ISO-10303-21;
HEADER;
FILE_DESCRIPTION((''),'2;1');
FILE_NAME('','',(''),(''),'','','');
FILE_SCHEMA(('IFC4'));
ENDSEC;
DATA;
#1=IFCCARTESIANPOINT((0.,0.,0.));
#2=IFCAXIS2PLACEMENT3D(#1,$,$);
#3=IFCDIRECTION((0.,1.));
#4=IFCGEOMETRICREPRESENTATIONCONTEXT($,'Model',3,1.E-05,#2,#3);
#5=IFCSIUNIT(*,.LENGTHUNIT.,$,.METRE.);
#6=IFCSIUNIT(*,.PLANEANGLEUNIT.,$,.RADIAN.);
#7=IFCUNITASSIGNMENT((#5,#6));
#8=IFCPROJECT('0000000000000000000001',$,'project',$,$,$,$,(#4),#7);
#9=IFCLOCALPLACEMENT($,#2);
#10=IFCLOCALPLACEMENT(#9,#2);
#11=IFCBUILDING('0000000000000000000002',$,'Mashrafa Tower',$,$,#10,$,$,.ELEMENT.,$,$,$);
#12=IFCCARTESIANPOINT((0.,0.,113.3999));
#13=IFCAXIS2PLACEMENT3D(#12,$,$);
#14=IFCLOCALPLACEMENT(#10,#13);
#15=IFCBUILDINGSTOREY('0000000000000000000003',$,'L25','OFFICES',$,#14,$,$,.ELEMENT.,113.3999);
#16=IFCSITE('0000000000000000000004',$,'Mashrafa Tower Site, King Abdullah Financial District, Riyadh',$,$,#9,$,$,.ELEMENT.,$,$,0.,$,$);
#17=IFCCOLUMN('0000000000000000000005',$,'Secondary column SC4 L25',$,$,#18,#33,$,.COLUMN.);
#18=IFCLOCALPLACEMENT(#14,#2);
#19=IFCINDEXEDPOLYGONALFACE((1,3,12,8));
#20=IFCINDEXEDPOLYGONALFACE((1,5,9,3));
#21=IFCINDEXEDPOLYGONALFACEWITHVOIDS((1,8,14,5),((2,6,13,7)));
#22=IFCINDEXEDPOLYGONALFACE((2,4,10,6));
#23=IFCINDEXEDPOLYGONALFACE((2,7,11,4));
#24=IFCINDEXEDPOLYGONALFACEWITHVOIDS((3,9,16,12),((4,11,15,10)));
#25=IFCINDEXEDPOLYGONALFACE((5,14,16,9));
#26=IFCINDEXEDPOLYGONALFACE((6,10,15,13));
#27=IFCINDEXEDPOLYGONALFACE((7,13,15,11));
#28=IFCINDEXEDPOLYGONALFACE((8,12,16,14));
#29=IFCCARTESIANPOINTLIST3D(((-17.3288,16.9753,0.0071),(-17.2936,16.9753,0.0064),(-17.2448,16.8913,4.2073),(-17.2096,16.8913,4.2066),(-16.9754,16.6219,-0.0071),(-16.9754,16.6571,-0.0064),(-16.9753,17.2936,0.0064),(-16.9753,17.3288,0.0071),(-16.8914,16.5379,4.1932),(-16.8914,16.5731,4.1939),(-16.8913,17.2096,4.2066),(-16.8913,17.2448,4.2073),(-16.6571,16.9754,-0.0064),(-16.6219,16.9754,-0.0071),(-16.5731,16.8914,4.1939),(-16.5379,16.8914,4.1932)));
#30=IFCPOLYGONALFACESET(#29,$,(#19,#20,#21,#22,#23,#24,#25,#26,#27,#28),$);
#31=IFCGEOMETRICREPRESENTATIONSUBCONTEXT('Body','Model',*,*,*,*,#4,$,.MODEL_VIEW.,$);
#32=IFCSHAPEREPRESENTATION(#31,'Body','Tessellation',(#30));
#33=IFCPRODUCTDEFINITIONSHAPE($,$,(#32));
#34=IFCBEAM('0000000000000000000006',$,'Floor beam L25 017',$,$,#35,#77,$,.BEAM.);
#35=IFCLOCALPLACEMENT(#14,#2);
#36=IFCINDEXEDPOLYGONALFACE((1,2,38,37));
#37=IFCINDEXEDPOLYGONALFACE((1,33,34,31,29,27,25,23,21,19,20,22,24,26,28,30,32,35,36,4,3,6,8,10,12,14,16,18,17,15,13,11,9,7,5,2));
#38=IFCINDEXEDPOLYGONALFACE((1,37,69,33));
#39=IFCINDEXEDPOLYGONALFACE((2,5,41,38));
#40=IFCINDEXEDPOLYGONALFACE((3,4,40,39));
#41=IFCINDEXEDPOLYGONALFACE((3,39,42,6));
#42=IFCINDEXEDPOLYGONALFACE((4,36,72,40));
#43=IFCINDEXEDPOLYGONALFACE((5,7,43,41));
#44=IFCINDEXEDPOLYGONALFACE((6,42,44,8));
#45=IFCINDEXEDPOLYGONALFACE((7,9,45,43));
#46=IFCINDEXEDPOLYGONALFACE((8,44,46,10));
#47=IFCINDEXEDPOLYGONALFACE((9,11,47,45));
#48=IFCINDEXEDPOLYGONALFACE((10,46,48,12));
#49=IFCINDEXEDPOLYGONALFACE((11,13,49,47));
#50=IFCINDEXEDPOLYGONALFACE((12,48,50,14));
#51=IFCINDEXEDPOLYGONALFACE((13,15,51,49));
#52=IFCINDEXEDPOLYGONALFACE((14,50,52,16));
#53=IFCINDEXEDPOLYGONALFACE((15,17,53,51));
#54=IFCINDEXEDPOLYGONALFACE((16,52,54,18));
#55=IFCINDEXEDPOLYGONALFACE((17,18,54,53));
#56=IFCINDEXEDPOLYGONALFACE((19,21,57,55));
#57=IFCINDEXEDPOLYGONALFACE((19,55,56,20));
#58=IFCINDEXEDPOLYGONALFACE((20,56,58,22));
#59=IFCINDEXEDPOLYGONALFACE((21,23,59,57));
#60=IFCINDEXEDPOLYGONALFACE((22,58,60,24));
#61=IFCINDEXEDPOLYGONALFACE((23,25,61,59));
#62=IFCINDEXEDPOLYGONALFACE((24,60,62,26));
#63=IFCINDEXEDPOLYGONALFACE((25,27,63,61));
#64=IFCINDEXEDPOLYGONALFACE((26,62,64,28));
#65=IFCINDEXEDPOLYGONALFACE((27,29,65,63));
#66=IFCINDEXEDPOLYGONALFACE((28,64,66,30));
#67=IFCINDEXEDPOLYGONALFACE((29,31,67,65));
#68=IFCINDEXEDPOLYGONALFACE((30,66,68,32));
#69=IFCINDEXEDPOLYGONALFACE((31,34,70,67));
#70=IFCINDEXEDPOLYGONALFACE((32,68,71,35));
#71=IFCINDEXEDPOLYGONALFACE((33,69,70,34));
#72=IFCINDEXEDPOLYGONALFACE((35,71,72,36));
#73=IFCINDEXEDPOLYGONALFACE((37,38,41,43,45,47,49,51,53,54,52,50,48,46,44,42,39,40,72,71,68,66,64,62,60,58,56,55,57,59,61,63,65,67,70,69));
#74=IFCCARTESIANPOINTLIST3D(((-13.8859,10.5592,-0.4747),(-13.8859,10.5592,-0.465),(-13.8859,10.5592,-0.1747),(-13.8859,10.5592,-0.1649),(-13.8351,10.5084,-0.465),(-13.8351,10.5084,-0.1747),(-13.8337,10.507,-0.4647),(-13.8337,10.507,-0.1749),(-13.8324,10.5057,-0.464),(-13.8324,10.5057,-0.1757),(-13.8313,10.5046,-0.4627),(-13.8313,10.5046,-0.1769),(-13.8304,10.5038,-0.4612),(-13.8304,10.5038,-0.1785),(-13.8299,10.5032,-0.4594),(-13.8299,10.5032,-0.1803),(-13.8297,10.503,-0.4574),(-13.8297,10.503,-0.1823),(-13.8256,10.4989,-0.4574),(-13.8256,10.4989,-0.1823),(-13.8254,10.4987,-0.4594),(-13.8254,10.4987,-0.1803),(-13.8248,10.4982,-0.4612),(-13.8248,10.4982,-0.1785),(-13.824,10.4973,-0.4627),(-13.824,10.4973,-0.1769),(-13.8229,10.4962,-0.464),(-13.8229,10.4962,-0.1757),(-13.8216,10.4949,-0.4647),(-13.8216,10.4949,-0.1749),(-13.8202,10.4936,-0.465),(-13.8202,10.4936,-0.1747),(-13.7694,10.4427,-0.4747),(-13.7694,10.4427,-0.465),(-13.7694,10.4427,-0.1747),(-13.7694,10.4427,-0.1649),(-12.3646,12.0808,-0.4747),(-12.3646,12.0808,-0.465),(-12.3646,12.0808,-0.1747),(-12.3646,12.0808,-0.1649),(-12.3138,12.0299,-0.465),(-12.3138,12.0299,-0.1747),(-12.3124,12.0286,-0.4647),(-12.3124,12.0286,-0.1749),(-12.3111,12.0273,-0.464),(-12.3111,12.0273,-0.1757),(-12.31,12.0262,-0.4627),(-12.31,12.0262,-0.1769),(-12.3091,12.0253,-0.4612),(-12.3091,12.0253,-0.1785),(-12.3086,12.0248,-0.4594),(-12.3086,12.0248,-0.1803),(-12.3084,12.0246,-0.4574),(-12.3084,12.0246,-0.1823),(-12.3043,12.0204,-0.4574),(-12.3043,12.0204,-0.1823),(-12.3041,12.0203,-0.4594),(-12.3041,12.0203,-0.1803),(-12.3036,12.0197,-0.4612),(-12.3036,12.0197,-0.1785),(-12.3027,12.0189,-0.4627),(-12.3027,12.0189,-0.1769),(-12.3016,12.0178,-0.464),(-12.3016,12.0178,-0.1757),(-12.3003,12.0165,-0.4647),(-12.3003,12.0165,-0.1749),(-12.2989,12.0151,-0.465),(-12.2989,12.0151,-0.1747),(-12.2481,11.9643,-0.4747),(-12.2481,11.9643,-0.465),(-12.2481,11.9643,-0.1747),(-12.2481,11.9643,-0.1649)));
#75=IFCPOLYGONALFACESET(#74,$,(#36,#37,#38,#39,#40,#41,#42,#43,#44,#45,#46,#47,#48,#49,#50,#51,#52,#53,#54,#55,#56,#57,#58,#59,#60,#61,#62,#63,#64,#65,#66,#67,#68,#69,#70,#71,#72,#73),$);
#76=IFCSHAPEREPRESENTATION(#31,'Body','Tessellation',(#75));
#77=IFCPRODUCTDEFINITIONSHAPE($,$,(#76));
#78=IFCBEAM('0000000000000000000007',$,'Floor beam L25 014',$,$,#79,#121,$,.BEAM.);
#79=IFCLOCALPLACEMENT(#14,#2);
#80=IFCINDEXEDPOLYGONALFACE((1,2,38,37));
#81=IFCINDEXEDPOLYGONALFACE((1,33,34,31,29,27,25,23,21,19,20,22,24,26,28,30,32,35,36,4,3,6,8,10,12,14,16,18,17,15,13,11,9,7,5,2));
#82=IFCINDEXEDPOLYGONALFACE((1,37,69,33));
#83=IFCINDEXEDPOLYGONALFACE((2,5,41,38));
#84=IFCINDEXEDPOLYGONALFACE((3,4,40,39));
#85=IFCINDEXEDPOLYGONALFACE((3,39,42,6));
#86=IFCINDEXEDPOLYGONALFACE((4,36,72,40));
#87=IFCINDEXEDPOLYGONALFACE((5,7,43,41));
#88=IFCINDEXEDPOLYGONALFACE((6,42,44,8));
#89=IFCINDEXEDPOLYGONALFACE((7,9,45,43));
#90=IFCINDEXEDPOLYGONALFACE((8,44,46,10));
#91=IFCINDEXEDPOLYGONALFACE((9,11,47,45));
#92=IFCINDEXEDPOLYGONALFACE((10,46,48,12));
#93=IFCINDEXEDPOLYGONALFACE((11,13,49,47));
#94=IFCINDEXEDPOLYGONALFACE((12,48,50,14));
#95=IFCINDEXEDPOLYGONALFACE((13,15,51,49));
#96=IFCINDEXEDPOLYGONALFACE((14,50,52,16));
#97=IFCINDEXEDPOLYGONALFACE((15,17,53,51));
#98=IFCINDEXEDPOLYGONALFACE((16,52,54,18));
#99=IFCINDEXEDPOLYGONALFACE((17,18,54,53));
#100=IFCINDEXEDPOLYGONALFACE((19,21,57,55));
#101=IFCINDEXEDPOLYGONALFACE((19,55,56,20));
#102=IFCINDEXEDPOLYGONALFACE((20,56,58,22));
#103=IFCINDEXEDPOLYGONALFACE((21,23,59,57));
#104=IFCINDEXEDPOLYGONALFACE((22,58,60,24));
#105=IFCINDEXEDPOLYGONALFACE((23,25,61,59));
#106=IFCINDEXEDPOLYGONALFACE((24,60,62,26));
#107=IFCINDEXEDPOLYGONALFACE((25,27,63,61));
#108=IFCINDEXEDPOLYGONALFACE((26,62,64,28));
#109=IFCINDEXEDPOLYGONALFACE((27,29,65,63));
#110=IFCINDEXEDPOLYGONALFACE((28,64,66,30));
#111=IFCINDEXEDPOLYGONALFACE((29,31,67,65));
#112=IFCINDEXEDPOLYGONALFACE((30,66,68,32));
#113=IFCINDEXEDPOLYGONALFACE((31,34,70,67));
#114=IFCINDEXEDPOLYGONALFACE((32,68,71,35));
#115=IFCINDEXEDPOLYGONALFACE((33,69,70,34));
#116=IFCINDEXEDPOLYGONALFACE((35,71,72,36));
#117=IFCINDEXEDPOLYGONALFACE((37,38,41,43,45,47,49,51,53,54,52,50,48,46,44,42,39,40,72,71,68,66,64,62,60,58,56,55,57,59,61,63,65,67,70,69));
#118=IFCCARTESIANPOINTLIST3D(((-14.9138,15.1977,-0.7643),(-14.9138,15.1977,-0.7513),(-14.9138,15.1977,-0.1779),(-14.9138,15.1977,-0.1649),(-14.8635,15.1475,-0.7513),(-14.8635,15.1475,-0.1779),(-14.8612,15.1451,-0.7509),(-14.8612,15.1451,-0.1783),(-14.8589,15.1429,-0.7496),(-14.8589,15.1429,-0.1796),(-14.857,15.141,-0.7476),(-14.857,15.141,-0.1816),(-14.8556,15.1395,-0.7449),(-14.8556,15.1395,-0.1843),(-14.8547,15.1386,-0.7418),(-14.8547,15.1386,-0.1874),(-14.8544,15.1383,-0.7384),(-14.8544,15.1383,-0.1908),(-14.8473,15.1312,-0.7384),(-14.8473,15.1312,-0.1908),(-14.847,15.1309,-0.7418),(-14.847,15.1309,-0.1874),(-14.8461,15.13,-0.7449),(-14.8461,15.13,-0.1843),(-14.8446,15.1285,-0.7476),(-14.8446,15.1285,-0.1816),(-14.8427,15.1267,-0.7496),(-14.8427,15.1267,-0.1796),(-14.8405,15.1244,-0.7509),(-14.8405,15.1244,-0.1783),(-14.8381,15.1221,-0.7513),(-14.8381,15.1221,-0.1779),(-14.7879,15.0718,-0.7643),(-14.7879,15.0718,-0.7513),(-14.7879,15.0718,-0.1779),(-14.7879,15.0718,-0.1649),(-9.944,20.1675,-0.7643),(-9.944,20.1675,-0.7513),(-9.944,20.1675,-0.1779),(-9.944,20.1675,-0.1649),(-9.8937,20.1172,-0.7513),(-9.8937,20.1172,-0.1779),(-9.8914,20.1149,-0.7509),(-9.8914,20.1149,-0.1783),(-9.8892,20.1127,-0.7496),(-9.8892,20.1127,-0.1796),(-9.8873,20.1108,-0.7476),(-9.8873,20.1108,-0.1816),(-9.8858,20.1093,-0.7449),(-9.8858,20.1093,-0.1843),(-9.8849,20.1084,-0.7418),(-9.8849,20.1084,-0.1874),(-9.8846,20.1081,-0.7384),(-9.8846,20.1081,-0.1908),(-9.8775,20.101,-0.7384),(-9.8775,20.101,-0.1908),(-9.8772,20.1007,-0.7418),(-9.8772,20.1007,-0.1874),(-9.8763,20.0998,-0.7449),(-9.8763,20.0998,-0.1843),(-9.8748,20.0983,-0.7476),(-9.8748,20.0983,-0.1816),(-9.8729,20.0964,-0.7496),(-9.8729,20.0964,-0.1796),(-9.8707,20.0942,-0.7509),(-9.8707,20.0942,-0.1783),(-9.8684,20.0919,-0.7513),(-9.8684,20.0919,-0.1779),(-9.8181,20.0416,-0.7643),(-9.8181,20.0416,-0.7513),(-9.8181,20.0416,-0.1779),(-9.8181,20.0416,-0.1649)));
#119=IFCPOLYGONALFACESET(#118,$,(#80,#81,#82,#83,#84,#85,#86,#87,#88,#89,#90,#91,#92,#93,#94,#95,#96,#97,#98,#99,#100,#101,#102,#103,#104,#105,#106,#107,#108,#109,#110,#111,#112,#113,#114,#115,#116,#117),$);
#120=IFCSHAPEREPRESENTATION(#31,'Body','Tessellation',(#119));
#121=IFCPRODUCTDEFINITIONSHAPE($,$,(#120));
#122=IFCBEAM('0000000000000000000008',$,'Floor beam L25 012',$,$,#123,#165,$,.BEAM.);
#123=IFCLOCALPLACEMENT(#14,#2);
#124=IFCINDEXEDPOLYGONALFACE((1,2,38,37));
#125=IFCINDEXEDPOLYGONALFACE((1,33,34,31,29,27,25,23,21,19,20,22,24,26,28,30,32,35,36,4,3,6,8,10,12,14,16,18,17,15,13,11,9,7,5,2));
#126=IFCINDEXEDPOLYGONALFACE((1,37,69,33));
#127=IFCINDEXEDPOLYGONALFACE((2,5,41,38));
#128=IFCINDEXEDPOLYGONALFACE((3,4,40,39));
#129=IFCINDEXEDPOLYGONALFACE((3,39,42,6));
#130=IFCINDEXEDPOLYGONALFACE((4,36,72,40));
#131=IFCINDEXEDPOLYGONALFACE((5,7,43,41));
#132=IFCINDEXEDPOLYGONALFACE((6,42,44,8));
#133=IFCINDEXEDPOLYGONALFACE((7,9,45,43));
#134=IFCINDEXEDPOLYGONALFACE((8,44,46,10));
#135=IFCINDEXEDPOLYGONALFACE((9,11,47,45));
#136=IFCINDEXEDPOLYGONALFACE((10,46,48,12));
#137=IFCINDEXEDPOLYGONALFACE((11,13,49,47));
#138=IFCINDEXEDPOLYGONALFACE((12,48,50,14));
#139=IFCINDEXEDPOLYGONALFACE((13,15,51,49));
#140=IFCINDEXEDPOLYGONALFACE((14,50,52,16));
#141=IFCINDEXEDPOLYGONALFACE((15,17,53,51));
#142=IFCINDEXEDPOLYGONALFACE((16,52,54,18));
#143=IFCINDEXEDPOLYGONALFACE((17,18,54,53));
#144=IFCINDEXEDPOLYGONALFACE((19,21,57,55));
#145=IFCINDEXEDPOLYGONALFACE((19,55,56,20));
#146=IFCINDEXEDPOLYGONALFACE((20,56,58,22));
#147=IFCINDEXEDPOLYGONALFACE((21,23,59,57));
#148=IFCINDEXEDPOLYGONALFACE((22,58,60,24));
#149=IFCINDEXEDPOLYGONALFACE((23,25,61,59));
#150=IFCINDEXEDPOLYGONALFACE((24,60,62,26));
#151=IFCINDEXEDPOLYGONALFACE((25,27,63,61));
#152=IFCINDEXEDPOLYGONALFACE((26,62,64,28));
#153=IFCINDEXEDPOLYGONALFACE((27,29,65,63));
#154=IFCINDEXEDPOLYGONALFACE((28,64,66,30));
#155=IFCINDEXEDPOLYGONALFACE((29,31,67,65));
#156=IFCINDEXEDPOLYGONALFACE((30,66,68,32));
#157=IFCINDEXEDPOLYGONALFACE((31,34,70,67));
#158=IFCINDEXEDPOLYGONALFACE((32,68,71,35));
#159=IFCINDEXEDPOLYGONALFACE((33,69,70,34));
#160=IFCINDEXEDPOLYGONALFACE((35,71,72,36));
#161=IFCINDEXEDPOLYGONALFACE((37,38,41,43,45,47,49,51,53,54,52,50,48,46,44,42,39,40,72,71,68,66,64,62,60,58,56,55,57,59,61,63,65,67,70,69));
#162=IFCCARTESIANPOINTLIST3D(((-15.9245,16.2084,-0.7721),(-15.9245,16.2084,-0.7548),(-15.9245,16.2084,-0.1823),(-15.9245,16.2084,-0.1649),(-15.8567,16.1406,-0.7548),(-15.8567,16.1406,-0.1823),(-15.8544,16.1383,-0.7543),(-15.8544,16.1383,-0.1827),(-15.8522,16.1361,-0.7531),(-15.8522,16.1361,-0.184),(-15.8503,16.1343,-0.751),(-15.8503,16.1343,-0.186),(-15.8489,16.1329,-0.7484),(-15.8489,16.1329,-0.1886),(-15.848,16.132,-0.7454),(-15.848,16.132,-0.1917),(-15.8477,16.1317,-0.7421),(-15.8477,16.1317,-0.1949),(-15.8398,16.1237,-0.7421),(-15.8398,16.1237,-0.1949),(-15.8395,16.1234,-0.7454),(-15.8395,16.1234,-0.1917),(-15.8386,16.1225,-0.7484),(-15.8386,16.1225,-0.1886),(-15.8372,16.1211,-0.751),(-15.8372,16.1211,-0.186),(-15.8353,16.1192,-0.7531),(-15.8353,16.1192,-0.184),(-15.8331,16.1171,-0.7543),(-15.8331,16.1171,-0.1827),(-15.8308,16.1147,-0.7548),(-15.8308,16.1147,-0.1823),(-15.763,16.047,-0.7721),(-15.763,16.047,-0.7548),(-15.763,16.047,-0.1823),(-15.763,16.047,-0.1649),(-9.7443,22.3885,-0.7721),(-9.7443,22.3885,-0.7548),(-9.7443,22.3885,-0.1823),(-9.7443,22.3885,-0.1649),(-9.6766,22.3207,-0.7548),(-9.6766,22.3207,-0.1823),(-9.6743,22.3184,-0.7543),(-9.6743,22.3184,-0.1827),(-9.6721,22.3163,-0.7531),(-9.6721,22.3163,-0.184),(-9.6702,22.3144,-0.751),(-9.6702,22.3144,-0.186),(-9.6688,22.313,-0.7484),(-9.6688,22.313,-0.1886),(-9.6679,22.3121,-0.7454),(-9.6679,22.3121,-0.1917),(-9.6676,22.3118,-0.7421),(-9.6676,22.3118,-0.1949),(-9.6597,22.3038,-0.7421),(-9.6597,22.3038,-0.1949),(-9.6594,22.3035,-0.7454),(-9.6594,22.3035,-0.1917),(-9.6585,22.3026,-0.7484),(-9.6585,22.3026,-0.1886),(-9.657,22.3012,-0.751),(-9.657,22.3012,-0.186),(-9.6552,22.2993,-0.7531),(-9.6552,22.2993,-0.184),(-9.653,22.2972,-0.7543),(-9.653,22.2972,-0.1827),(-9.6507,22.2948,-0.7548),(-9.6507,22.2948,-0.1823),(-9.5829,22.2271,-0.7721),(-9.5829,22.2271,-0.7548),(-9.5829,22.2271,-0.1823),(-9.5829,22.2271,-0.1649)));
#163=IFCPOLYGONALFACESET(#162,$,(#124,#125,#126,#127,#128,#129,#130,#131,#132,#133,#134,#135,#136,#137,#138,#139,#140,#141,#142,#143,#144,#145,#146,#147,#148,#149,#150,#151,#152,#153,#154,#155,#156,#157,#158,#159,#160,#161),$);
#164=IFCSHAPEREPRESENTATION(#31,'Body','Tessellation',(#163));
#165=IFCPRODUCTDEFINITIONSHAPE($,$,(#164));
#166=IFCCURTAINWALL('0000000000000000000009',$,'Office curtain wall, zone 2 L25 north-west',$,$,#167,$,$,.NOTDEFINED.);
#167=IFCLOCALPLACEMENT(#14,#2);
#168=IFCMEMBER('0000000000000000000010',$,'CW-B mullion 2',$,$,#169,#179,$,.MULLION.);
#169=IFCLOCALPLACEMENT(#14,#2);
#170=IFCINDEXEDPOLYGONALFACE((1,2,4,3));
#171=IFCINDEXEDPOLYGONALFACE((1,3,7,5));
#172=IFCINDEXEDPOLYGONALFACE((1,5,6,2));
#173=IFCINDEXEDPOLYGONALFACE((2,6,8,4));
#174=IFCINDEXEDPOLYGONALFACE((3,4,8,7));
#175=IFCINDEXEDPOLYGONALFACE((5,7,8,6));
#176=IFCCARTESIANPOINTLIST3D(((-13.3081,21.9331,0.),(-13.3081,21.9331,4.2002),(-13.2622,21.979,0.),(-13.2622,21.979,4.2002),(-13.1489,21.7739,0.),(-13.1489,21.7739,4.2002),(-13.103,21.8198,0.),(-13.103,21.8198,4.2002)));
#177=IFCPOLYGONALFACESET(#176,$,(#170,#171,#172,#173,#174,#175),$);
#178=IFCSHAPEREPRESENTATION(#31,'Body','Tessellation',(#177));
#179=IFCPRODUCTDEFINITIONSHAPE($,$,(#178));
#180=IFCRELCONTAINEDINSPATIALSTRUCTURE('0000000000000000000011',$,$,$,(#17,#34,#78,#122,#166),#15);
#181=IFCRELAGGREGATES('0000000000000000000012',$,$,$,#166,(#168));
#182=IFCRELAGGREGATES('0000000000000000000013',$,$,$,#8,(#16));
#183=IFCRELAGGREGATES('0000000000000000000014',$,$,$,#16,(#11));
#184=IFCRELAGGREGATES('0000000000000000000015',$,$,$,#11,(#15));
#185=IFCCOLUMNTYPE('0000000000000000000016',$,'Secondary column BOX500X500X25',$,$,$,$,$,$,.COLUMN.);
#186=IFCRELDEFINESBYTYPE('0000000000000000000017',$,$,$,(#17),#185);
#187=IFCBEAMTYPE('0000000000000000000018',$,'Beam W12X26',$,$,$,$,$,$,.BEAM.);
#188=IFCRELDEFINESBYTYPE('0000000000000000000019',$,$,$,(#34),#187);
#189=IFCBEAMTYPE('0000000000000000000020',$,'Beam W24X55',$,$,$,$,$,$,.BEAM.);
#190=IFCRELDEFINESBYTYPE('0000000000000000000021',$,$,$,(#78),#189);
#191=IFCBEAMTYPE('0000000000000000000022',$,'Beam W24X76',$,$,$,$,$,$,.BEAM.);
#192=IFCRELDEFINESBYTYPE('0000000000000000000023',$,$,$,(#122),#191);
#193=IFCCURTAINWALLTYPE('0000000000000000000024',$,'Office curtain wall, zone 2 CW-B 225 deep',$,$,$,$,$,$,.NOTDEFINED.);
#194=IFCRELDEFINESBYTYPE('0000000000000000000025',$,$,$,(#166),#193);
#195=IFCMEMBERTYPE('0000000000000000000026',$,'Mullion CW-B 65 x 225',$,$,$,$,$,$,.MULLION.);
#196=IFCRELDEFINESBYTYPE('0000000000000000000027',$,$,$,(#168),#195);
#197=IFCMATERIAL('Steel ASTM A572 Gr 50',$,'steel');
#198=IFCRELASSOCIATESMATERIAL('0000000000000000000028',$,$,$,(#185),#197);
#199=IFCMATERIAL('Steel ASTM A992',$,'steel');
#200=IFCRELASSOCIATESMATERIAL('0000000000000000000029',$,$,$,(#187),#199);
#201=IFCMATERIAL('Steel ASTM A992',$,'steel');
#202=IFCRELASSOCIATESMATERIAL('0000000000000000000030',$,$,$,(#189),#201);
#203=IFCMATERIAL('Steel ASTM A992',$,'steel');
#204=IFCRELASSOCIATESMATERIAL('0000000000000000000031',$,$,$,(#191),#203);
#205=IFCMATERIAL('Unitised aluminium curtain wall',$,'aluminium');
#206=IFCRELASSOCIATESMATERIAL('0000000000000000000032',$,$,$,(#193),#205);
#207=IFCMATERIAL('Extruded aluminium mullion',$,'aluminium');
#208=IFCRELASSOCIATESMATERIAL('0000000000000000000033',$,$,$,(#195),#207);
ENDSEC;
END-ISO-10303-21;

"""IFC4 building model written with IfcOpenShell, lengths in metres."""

from ifc_helpers import new_model, si_unit, direction, frame, origin, origin_2d, place, context, subcontext, project, spatial, rectangle, hollow_rectangle, i_section, extrude, source, transform, mapped, material, material_profile, profile_set, type_object, type_shapes, element, aggregate, save


model = new_model("IFC4")

# Units and contexts
model_context = context("Model", 3, precision=1e-05, world=origin(), true_north=direction((0.0, 1.0)))
body_context = subcontext(model_context, "Body", "Model", "MODEL_VIEW")
ifc_project = project(units=[si_unit("LENGTHUNIT", "METRE"), si_unit("PLANEANGLEUNIT", "RADIAN")], contexts=[model_context])

# Site, building, storey
site_placement = place(None, origin())
site = spatial("IfcSite", under=ifc_project, at=site_placement, Name="Mashrafa Tower Site, King Abdullah Financial District, Riyadh", CompositionType="ELEMENT", RefElevation=0.0)
building_placement = place(site_placement, origin())
building = spatial("IfcBuilding", under=site, at=building_placement, Name="Mashrafa Tower", CompositionType="ELEMENT")
storey_placement = place(building_placement, frame((0.0, 0.0, 113.3999)))
storey = spatial("IfcBuildingStorey", under=building, at=storey_placement, Name="L25", Description="OFFICES", CompositionType="ELEMENT", Elevation=113.3999)

# Column
ifc_material_1 = material(Name="Steel ASTM A572 Gr 50", Category="steel")
ifc_material_profile_1 = material_profile(ifc_material_1, hollow_rectangle(XDim=0.5, YDim=0.5, WallThickness=0.0249, at=origin_2d()), Name="BOX500X500X25")
ifc_profile_set_1 = profile_set([ifc_material_profile_1], Name="Steel ASTM A572 Gr 50")
column_type = type_object("IfcColumnType", Name="Secondary column BOX500X500X25", PredefinedType="COLUMN", material=ifc_profile_set_1)
column_placement = place(storey_placement, frame((-16.9753, 16.9753, 0.0), z_axis=(0.019987, -0.019987, 0.9996), x_axis=(0.707107, 0.707107, 0.0)))
element("IfcColumn", 1, at=column_placement, inside=storey, type_object=column_type, Name="Secondary column SC4 L25", PredefinedType="COLUMN", context=body_context, shape_type="SweptSolid", body=[
    extrude(hollow_rectangle(XDim=0.5, YDim=0.5, WallThickness=0.0249, at=origin_2d()), origin(), (0.0, 0.0, 1.0), 4.2019),
])

# Beams
ifc_material_2 = material(Name="Steel ASTM A992", Category="steel")
ifc_material_profile_2 = material_profile(ifc_material_2, i_section(OverallWidth=0.1648, OverallDepth=0.3098, WebThickness=0.0059, FlangeThickness=0.0098, FilletRadius=0.0076, at=origin_2d()), Name="W12X26")
ifc_profile_set_2 = profile_set([ifc_material_profile_2], Name="Steel ASTM A992")
beam_type_1 = type_object("IfcBeamType", Name="Beam W12X26", PredefinedType="BEAM", material=ifc_profile_set_2)
beam_1_placement = place(storey_placement, frame((-13.8276, 10.501, -0.3198), z_axis=(0.70705, 0.707164, 0.0), x_axis=(-0.707164, 0.70705, 0.0)))
element("IfcBeam", 2, at=beam_1_placement, inside=storey, type_object=beam_type_1, Name="Floor beam L25 017", PredefinedType="BEAM", context=body_context, shape_type="SweptSolid", body=[
    extrude(i_section(OverallWidth=0.1648, OverallDepth=0.3098, WebThickness=0.0059, FlangeThickness=0.0098, FilletRadius=0.0076, at=origin_2d()), origin(), (0.0, 0.0, 1.0), 2.1516),
])
ifc_material_3 = material(Name="Steel ASTM A992", Category="steel")
ifc_material_profile_3 = material_profile(ifc_material_3, i_section(OverallWidth=0.178, OverallDepth=0.5994, WebThickness=0.01, FlangeThickness=0.0129, FilletRadius=0.0129, at=origin_2d()), Name="W24X55")
ifc_profile_set_3 = profile_set([ifc_material_profile_3], Name="Steel ASTM A992")
beam_type_2 = type_object("IfcBeamType", Name="Beam W24X55", PredefinedType="BEAM", material=ifc_profile_set_3)
beam_2_placement = place(storey_placement, frame((-14.8508, 15.1348, -0.4646), z_axis=(0.707107, 0.707107, 0.0), x_axis=(-0.707107, 0.707107, 0.0)))
element("IfcBeam", 3, at=beam_2_placement, inside=storey, type_object=beam_type_2, Name="Floor beam L25 014", PredefinedType="BEAM", context=body_context, shape_type="SweptSolid", body=[
    extrude(i_section(OverallWidth=0.178, OverallDepth=0.5994, WebThickness=0.01, FlangeThickness=0.0129, FilletRadius=0.0129, at=origin_2d()), origin(), (0.0, 0.0, 1.0), 7.0283),
])
ifc_material_4 = material(Name="Steel ASTM A992", Category="steel")
ifc_material_profile_4 = material_profile(ifc_material_4, i_section(OverallWidth=0.2283, OverallDepth=0.6072, WebThickness=0.0112, FlangeThickness=0.0173, FilletRadius=0.0127, at=origin_2d()), Name="W24X76")
ifc_profile_set_4 = profile_set([ifc_material_profile_4], Name="Steel ASTM A992")
beam_type_3 = type_object("IfcBeamType", Name="Beam W24X76", PredefinedType="BEAM", material=ifc_profile_set_4)
beam_3_placement = place(storey_placement, frame((-15.8438, 16.1277, -0.4685), z_axis=(0.707107, 0.707107, 0.0), x_axis=(-0.707107, 0.707107, 0.0)))
element("IfcBeam", 4, at=beam_3_placement, inside=storey, type_object=beam_type_3, Name="Floor beam L25 012", PredefinedType="BEAM", context=body_context, shape_type="SweptSolid", body=[
    extrude(i_section(OverallWidth=0.2283, OverallDepth=0.6072, WebThickness=0.0112, FlangeThickness=0.0173, FilletRadius=0.0127, at=origin_2d()), origin(), (0.0, 0.0, 1.0), 8.74),
])

# Curtain wall, member
ifc_material_5 = material(Name="Unitised aluminium curtain wall", Category="aluminium")
curtain_wall_type = type_object("IfcCurtainWallType", Name="Office curtain wall, zone 2 CW-B 225 deep", PredefinedType="NOTDEFINED", material=ifc_material_5)
curtain_wall_1_placement = place(storey_placement, origin())
curtain_wall_1 = element("IfcCurtainWall", 5, at=curtain_wall_1_placement, inside=storey, type_object=curtain_wall_type, Name="Office curtain wall, zone 2 L25 north-west", PredefinedType="NOTDEFINED")
ifc_material_6 = material(Name="Extruded aluminium mullion", Category="aluminium")
ifc_material_profile_5 = material_profile(ifc_material_6, rectangle(XDim=0.2251, YDim=0.0649, at=origin_2d()), Name="Mullion 65x225")
ifc_profile_set_5 = profile_set([ifc_material_profile_5], Name="Extruded aluminium mullion")
member_type_1 = type_object("IfcMemberType", Name="Mullion CW-B 65 x 225", PredefinedType="MULLION", material=ifc_profile_set_5)
shared_shape_1 = source(origin(), body_context, "Body", "SweptSolid", [
    extrude(rectangle(XDim=0.2251, YDim=0.0649, at=origin_2d()), origin(), (0.0, 0.0, 1.0), 4.2002),
])
type_shapes(member_type_1, [shared_shape_1])
member_1_placement = place(storey_placement, frame((-13.2056, 21.8765, 0.0), z_axis=(0.0, 0.0, 1.0), x_axis=(0.707107, -0.707107, 0.0)))
member_1 = element("IfcMember", 6, at=member_1_placement, type_object=member_type_1, Name="CW-B mullion 2", PredefinedType="MULLION", context=body_context, shape_type="MappedRepresentation", body=[
    mapped(shared_shape_1, transform((0.0, 0.0, 0.0))),
])

aggregate(curtain_wall_1, [member_1])

save(model, "model.ifc")
